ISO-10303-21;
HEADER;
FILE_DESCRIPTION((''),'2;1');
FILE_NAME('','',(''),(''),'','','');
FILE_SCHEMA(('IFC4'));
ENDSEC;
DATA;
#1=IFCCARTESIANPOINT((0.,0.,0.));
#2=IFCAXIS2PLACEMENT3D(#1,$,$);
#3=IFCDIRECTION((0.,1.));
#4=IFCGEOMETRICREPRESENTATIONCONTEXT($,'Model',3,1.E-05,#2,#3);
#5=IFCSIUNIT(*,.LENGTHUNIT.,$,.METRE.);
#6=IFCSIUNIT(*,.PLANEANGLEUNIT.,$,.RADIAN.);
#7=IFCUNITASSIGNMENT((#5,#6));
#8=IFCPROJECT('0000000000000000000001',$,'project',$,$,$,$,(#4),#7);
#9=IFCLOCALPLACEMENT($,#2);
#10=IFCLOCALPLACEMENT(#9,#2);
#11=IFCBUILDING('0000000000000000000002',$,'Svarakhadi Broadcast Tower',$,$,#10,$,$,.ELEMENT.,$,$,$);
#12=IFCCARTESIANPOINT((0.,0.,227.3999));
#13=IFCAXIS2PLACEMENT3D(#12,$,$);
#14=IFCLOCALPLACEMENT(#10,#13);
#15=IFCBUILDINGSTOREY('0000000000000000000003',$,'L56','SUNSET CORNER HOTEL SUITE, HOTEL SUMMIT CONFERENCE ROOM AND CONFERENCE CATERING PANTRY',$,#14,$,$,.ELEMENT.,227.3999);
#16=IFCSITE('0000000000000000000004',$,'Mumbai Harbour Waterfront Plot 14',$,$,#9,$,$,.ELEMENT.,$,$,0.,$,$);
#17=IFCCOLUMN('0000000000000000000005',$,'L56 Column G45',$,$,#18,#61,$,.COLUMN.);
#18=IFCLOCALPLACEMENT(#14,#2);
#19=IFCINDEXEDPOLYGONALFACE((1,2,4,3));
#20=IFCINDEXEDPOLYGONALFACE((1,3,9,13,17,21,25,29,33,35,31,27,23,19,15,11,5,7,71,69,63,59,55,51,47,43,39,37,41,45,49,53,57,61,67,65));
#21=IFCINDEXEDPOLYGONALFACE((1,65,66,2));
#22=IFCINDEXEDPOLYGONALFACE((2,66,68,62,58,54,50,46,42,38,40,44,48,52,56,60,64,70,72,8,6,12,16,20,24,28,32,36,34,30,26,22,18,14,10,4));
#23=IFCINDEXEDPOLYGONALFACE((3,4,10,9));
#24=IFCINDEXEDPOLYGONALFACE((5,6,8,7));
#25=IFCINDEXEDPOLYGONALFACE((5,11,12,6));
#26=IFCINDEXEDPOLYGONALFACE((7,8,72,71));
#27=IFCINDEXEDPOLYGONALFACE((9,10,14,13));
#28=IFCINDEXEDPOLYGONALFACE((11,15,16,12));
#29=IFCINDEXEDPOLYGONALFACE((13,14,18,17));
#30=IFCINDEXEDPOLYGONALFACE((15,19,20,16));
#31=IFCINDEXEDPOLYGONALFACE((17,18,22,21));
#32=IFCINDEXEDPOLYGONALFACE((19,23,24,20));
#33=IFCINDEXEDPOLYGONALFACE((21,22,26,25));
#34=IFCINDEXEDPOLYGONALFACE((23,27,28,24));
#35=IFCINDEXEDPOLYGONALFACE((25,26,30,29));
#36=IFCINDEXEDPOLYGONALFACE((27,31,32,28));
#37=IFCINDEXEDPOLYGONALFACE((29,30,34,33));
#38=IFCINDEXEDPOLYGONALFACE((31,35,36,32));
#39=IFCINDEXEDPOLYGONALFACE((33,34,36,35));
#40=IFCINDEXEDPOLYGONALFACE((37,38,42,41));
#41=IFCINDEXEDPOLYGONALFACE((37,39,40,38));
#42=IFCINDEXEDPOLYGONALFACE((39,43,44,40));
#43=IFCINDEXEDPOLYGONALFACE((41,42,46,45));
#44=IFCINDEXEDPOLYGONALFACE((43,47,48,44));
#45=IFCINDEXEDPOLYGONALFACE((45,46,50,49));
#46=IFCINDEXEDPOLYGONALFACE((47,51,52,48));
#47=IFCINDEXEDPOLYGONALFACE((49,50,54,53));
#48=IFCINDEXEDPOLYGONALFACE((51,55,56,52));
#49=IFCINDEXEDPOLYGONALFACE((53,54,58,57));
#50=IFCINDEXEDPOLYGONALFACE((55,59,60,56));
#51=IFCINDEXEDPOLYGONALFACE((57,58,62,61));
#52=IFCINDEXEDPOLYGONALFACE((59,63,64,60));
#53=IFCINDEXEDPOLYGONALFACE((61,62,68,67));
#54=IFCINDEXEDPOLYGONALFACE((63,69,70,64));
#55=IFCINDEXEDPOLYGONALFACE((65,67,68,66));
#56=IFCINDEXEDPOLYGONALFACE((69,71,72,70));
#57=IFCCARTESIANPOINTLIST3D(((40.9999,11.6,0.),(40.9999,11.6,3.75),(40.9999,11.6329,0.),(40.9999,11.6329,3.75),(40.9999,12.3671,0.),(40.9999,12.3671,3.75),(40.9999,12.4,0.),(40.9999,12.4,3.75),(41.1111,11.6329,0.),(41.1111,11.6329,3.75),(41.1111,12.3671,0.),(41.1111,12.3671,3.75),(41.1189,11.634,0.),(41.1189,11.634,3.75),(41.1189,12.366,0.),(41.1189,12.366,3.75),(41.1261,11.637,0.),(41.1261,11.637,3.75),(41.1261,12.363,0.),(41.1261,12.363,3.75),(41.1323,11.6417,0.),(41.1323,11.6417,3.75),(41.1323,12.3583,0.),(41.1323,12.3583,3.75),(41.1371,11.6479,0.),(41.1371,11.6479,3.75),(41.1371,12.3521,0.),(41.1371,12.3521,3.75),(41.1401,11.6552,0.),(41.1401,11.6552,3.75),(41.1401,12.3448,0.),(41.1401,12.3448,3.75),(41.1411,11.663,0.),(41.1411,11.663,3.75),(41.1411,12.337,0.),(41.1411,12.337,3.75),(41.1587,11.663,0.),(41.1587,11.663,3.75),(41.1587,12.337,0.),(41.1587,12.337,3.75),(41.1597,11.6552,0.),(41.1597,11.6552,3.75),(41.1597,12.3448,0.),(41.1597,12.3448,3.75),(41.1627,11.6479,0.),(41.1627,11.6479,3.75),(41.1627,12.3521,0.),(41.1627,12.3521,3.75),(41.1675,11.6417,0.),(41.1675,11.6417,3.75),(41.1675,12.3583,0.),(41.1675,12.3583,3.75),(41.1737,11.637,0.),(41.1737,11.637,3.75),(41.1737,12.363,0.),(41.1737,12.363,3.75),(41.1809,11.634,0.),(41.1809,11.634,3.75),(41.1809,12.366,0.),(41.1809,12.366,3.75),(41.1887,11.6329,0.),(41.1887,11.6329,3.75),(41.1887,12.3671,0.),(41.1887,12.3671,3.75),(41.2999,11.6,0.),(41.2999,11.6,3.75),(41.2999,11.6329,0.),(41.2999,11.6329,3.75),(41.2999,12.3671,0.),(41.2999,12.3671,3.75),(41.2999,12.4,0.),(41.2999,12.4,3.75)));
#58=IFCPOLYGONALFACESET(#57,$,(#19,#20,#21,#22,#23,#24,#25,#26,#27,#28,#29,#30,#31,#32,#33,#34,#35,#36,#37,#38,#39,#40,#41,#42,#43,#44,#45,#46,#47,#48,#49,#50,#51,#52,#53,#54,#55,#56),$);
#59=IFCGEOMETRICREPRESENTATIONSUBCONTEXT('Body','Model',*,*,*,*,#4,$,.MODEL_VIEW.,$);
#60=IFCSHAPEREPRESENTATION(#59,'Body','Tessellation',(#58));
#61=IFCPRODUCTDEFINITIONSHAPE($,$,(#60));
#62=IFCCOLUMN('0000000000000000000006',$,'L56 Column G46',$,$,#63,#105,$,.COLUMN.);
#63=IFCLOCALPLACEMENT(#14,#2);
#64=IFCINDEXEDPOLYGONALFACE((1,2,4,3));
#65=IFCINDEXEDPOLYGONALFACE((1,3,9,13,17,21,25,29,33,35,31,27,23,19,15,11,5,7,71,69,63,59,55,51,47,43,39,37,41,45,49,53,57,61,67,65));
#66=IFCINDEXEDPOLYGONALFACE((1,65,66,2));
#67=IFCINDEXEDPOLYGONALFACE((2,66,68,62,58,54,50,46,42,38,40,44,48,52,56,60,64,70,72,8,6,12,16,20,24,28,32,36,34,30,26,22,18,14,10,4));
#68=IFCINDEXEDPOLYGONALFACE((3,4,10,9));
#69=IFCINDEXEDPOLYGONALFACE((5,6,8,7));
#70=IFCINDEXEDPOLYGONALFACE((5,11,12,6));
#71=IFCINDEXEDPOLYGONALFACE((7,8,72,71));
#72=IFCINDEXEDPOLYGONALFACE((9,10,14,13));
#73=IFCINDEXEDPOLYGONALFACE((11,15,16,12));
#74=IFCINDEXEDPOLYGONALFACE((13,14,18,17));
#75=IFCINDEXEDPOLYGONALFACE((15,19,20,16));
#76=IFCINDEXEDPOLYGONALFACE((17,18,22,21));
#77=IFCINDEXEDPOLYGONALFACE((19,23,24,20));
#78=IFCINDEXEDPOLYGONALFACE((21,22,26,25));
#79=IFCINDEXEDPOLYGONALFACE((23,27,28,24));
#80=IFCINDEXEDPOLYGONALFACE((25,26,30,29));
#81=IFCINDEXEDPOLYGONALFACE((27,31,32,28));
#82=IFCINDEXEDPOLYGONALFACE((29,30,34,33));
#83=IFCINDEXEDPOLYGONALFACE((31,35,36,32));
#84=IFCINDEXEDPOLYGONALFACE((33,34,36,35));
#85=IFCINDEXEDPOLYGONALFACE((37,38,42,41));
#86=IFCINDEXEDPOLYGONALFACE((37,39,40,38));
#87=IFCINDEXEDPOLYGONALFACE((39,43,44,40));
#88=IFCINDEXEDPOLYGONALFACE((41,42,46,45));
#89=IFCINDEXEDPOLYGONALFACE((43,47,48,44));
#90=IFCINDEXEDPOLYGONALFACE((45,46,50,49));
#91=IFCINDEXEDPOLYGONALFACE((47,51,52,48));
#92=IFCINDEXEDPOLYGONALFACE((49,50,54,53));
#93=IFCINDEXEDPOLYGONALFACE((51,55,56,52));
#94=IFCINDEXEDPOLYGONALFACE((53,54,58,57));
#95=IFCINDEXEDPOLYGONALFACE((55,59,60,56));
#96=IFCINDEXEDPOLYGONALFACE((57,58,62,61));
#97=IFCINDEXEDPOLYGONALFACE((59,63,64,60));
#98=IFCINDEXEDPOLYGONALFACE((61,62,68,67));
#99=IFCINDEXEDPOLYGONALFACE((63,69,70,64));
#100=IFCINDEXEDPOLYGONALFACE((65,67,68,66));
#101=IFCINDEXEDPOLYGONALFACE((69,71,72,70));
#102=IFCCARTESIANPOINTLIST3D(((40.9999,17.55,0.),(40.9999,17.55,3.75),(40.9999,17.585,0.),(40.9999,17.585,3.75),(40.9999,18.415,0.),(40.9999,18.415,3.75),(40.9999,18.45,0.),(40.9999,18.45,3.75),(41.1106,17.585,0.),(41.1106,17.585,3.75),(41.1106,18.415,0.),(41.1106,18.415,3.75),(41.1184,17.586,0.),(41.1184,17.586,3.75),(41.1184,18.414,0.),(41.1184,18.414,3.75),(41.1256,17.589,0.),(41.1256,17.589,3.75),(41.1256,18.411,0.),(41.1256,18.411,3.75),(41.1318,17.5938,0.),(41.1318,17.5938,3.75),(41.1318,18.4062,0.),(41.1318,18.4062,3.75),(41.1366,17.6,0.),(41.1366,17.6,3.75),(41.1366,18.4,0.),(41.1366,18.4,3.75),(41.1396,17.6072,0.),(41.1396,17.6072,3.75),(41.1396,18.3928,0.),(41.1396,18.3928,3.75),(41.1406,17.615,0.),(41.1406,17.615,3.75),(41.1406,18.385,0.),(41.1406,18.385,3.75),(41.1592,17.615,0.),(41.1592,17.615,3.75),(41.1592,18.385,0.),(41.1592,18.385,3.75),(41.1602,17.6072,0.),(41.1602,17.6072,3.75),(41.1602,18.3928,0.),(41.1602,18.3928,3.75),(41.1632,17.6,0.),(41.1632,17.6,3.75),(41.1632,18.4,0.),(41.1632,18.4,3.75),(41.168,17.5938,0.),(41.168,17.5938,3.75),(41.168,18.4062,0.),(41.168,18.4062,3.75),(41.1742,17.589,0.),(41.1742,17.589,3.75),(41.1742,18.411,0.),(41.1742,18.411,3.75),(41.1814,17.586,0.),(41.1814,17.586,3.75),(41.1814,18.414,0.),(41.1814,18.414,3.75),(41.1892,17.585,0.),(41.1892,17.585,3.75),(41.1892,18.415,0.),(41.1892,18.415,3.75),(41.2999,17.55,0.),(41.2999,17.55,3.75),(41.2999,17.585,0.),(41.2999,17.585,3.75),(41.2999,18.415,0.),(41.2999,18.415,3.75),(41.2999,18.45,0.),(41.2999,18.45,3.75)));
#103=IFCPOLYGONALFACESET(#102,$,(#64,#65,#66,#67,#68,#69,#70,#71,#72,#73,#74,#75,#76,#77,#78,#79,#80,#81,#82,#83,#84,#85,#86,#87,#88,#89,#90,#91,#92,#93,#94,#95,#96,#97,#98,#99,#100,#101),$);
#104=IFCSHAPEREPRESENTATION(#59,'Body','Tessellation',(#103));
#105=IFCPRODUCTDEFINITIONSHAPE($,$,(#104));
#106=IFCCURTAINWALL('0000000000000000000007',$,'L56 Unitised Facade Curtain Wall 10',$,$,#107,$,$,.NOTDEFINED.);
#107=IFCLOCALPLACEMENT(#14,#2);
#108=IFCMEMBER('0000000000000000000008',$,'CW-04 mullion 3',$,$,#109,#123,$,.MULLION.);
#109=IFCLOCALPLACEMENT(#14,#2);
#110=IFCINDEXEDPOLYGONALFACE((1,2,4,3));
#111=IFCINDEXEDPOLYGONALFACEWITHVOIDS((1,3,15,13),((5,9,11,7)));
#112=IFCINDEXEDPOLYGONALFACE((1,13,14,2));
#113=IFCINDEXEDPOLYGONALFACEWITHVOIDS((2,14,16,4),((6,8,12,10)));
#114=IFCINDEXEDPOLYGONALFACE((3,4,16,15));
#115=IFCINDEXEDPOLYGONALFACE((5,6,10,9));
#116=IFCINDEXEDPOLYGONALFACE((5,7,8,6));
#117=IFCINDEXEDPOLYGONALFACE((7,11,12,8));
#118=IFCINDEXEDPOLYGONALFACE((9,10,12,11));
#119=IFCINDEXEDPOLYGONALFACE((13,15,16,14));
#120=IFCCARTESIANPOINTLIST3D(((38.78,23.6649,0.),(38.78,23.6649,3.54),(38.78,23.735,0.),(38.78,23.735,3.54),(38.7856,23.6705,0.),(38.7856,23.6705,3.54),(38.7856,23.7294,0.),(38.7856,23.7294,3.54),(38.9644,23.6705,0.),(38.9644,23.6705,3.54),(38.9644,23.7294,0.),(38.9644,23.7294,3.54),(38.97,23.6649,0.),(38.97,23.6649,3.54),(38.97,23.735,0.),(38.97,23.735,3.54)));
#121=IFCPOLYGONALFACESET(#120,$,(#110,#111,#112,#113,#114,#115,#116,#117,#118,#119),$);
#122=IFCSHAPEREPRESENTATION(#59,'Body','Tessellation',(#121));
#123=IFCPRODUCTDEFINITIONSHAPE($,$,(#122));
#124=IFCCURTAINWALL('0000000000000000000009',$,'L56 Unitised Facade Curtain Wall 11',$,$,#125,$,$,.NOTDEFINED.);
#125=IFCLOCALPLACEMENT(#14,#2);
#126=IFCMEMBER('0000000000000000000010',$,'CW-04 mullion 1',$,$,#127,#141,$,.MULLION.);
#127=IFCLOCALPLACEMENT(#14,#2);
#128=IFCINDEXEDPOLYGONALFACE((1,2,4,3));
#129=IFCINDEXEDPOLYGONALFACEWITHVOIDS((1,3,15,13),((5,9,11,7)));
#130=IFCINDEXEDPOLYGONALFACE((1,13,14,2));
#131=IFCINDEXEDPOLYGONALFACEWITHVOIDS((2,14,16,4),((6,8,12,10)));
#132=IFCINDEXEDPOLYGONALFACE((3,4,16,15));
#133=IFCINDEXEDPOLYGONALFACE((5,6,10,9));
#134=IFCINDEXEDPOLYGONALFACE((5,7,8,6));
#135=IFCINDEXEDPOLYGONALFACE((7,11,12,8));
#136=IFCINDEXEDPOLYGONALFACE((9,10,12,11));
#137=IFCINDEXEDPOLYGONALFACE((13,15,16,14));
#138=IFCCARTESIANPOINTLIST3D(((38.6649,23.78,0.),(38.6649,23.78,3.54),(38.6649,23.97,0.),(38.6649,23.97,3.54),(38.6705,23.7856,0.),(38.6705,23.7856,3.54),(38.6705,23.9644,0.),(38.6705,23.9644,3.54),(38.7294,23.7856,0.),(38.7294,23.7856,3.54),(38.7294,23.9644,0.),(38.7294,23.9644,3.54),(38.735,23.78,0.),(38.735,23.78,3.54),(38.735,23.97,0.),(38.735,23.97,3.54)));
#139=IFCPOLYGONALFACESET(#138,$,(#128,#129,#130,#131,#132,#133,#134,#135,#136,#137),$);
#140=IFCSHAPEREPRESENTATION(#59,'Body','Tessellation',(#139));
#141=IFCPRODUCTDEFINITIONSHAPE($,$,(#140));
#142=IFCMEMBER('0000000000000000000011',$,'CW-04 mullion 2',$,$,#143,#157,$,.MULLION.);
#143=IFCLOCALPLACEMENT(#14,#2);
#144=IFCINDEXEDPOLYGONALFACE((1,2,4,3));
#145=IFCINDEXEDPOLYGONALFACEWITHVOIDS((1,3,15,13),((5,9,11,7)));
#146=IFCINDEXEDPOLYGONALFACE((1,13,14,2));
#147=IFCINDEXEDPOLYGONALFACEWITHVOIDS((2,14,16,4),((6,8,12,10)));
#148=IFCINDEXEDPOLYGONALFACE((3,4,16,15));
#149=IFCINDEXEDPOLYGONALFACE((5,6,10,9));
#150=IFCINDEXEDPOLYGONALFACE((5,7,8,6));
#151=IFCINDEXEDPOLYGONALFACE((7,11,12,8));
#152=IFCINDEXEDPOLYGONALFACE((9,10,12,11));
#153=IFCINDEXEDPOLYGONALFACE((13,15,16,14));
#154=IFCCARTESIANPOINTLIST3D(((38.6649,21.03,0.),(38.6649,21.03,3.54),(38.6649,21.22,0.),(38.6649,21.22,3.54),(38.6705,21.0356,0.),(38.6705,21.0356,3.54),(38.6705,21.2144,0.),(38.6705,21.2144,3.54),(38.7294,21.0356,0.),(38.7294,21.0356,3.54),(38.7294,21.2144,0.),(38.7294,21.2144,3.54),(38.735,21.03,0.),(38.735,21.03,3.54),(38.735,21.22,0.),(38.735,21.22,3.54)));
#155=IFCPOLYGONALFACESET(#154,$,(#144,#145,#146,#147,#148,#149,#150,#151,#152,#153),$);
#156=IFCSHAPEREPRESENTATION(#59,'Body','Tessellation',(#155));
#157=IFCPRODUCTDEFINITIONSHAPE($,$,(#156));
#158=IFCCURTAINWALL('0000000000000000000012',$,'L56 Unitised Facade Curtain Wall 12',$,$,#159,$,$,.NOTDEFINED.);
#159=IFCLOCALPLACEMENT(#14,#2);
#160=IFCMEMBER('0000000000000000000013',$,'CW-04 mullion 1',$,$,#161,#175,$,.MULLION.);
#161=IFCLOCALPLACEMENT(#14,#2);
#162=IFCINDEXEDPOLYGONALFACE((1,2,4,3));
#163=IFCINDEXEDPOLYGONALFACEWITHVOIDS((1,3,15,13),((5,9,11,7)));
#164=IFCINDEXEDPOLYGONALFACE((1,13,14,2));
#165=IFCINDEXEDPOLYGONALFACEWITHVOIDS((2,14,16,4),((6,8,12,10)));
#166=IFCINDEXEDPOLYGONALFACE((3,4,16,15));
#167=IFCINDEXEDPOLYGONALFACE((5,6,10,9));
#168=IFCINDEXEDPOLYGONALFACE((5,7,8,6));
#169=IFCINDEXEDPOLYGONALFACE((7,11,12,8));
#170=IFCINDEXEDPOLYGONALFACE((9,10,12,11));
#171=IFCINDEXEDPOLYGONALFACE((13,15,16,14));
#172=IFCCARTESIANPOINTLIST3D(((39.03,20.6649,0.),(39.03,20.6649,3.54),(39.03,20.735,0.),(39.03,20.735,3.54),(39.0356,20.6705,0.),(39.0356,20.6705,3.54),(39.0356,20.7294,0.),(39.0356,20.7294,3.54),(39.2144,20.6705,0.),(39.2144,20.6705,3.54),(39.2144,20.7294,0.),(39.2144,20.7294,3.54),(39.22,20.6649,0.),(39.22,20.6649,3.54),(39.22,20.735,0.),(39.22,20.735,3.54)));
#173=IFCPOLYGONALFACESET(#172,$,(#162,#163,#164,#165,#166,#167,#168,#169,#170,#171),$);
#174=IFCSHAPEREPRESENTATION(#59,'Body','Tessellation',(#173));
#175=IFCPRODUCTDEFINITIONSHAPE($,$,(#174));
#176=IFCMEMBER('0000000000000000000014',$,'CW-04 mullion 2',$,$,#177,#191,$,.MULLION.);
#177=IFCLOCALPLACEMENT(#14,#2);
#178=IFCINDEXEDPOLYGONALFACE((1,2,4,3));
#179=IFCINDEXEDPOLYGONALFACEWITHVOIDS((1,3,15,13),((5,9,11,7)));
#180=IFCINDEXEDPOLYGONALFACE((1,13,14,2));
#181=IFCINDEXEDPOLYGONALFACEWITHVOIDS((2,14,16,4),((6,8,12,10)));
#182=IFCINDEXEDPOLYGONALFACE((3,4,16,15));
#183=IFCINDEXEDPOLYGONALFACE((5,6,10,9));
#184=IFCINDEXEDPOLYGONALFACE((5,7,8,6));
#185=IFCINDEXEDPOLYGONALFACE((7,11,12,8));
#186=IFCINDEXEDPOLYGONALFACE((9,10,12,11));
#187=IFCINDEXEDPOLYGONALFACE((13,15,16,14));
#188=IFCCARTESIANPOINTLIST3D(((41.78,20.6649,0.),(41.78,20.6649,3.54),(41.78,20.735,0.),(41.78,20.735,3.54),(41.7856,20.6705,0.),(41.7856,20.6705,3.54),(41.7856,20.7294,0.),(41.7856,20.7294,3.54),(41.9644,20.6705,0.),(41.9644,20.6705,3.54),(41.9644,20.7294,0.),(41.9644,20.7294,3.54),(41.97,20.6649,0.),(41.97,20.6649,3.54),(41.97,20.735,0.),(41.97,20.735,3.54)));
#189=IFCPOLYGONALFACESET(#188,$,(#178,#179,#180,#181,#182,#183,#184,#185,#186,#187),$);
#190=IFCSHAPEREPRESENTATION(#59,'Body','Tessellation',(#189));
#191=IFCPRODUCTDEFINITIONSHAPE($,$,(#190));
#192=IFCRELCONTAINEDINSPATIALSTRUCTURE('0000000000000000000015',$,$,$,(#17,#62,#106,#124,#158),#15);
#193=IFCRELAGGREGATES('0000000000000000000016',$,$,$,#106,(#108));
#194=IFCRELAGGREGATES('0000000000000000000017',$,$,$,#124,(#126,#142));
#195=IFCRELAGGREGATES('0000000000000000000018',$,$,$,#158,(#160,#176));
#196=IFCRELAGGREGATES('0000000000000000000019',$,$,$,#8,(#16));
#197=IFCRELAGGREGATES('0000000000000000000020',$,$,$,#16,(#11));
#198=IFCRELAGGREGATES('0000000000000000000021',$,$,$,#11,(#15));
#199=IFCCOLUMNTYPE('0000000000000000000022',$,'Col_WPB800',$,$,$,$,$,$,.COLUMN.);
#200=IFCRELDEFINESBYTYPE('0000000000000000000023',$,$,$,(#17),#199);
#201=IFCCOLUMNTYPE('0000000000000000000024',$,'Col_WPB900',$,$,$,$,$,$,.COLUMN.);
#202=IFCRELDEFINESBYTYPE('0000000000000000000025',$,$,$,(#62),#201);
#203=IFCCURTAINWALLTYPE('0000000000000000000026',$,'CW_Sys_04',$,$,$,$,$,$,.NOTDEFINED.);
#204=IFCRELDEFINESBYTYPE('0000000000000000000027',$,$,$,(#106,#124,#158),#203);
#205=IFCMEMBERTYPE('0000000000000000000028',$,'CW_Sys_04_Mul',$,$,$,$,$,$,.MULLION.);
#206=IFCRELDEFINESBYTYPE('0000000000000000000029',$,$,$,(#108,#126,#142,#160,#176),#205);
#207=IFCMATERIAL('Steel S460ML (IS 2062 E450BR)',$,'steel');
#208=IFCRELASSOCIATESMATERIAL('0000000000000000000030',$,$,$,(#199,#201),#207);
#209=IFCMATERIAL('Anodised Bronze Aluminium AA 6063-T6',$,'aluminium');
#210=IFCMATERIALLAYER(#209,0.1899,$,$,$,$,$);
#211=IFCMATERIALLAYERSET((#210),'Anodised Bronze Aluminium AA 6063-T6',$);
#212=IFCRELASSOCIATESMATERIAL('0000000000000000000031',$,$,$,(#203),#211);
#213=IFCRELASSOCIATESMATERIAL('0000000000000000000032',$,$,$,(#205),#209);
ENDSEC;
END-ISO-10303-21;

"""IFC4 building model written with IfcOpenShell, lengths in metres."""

from ifc_helpers import new_model, si_unit, direction, frame, origin, origin_2d, place, context, subcontext, project, spatial, hollow_rectangle, i_section, extrude, material, layer, layer_set, material_profile, profile_set, type_object, element, aggregate, save


model = new_model("IFC4")

# Units and contexts
model_context = context("Model", 3, precision=1e-05, world=origin(), true_north=direction((0.0, 1.0)))
body_context = subcontext(model_context, "Body", "Model", "MODEL_VIEW")
ifc_project = project(units=[si_unit("LENGTHUNIT", "METRE"), si_unit("PLANEANGLEUNIT", "RADIAN")], contexts=[model_context])

# Site, building, storey
site_placement = place(None, origin())
site = spatial("IfcSite", under=ifc_project, at=site_placement, Name="Mumbai Harbour Waterfront Plot 14", CompositionType="ELEMENT", RefElevation=0.0)
building_placement = place(site_placement, origin())
building = spatial("IfcBuilding", under=site, at=building_placement, Name="Svarakhadi Broadcast Tower", CompositionType="ELEMENT")
storey_placement = place(building_placement, frame((0.0, 0.0, 227.3999)))
storey = spatial("IfcBuildingStorey", under=building, at=storey_placement, Name="L56", Description="SUNSET CORNER HOTEL SUITE, HOTEL SUMMIT CONFERENCE ROOM AND CONFERENCE CATERING PANTRY", CompositionType="ELEMENT", Elevation=227.3999)

# Columns
ifc_material_1 = material(Name="Steel S460ML (IS 2062 E450BR)", Category="steel")
ifc_material_profile_1 = material_profile(ifc_material_1, i_section(OverallWidth=0.3, OverallDepth=0.8, WebThickness=0.0176, FlangeThickness=0.033, FilletRadius=0.03, at=origin_2d()), Name="WPB 800x300x262")
ifc_profile_set_1 = profile_set([ifc_material_profile_1], Name="Steel S460ML (IS 2062 E450BR)")
column_type_1 = type_object("IfcColumnType", Name="Col_WPB800", PredefinedType="COLUMN", material=ifc_profile_set_1)
column_1_placement = place(storey_placement, frame((41.1499, 12.0, 0.0), z_axis=(0.0, 0.0, 1.0), x_axis=(1.0, 0.0, 0.0)))
element("IfcColumn", 1, at=column_1_placement, inside=storey, type_object=column_type_1, Name="L56 Column G45", PredefinedType="COLUMN", context=body_context, shape_type="SweptSolid", body=[
    extrude(i_section(OverallWidth=0.3, OverallDepth=0.8, WebThickness=0.0176, FlangeThickness=0.033, FilletRadius=0.03, at=origin_2d()), origin(), (0.0, 0.0, 1.0), 3.75),
])
ifc_material_profile_2 = material_profile(ifc_material_1, i_section(OverallWidth=0.3, OverallDepth=0.8999, WebThickness=0.0186, FlangeThickness=0.0349, FilletRadius=0.03, at=origin_2d()), Name="WPB 900x300x291")
ifc_profile_set_2 = profile_set([ifc_material_profile_2], Name="Steel S460ML (IS 2062 E450BR)")
column_type_2 = type_object("IfcColumnType", Name="Col_WPB900", PredefinedType="COLUMN", material=ifc_profile_set_2)
column_2_placement = place(storey_placement, frame((41.1499, 18.0, 0.0), z_axis=(0.0, 0.0, 1.0), x_axis=(1.0, 0.0, 0.0)))
element("IfcColumn", 2, at=column_2_placement, inside=storey, type_object=column_type_2, Name="L56 Column G46", PredefinedType="COLUMN", context=body_context, shape_type="SweptSolid", body=[
    extrude(i_section(OverallWidth=0.3, OverallDepth=0.8999, WebThickness=0.0186, FlangeThickness=0.0349, FilletRadius=0.03, at=origin_2d()), origin(), (0.0, 0.0, 1.0), 3.75),
])

# Curtain wall, member
ifc_material_2 = material(Name="Anodised Bronze Aluminium AA 6063-T6", Category="aluminium")
ifc_layer_1 = layer(ifc_material_2, 0.1899)
ifc_layer_set_1 = layer_set([ifc_layer_1], Name="Anodised Bronze Aluminium AA 6063-T6")
curtain_wall_type = type_object("IfcCurtainWallType", Name="CW_Sys_04", PredefinedType="NOTDEFINED", material=ifc_layer_set_1)
curtain_wall_1_placement = place(storey_placement, origin())
curtain_wall_1 = element("IfcCurtainWall", 3, at=curtain_wall_1_placement, inside=storey, type_object=curtain_wall_type, Name="L56 Unitised Facade Curtain Wall 10", PredefinedType="NOTDEFINED")
ifc_material_profile_3 = material_profile(ifc_material_2, hollow_rectangle(XDim=0.0701, YDim=0.1899, WallThickness=0.0056, at=origin_2d()), Name="ALU MULLION 190x70x6")
ifc_profile_set_3 = profile_set([ifc_material_profile_3], Name="Anodised Bronze Aluminium AA 6063-T6")
member_type_1 = type_object("IfcMemberType", Name="CW_Sys_04_Mul", PredefinedType="MULLION", material=ifc_profile_set_3)
member_1_placement = place(storey_placement, frame((38.875, 23.7, 0.0), z_axis=(0.0, 0.0, 1.0), x_axis=(0.0, 1.0, 0.0)))
member_1 = element("IfcMember", 4, at=member_1_placement, type_object=member_type_1, Name="CW-04 mullion 3", PredefinedType="MULLION", context=body_context, shape_type="SweptSolid", body=[
    extrude(hollow_rectangle(XDim=0.0701, YDim=0.1899, WallThickness=0.0056, at=origin_2d()), origin(), (0.0, 0.0, 1.0), 3.54),
])
aggregate(curtain_wall_1, [member_1])

# Curtain walls, members
curtain_wall_2_placement = place(storey_placement, origin())
curtain_wall_2 = element("IfcCurtainWall", 5, at=curtain_wall_2_placement, inside=storey, type_object=curtain_wall_type, Name="L56 Unitised Facade Curtain Wall 11", PredefinedType="NOTDEFINED")
member_2_placement = place(storey_placement, frame((38.7, 23.875, 0.0), z_axis=(0.0, 0.0, 1.0), x_axis=(1.0, 0.0, 0.0)))
member_2 = element("IfcMember", 6, at=member_2_placement, type_object=member_type_1, Name="CW-04 mullion 1", PredefinedType="MULLION", context=body_context, shape_type="SweptSolid", body=[
    extrude(hollow_rectangle(XDim=0.0701, YDim=0.1899, WallThickness=0.0056, at=origin_2d()), origin(), (0.0, 0.0, 1.0), 3.54),
])
member_3_placement = place(storey_placement, frame((38.7, 21.125, 0.0), z_axis=(0.0, 0.0, 1.0), x_axis=(1.0, 0.0, 0.0)))
member_3 = element("IfcMember", 7, at=member_3_placement, type_object=member_type_1, Name="CW-04 mullion 2", PredefinedType="MULLION", context=body_context, shape_type="SweptSolid", body=[
    extrude(hollow_rectangle(XDim=0.0701, YDim=0.1899, WallThickness=0.0056, at=origin_2d()), origin(), (0.0, 0.0, 1.0), 3.54),
])
curtain_wall_3_placement = place(storey_placement, origin())
curtain_wall_3 = element("IfcCurtainWall", 8, at=curtain_wall_3_placement, inside=storey, type_object=curtain_wall_type, Name="L56 Unitised Facade Curtain Wall 12", PredefinedType="NOTDEFINED")
member_4_placement = place(storey_placement, frame((39.125, 20.7, 0.0), z_axis=(0.0, 0.0, 1.0), x_axis=(0.0, 1.0, 0.0)))
member_4 = element("IfcMember", 9, at=member_4_placement, type_object=member_type_1, Name="CW-04 mullion 1", PredefinedType="MULLION", context=body_context, shape_type="SweptSolid", body=[
    extrude(hollow_rectangle(XDim=0.0701, YDim=0.1899, WallThickness=0.0056, at=origin_2d()), origin(), (0.0, 0.0, 1.0), 3.54),
])
member_5_placement = place(storey_placement, frame((41.875, 20.7, 0.0), z_axis=(0.0, 0.0, 1.0), x_axis=(0.0, 1.0, 0.0)))
member_5 = element("IfcMember", 10, at=member_5_placement, type_object=member_type_1, Name="CW-04 mullion 2", PredefinedType="MULLION", context=body_context, shape_type="SweptSolid", body=[
    extrude(hollow_rectangle(XDim=0.0701, YDim=0.1899, WallThickness=0.0056, at=origin_2d()), origin(), (0.0, 0.0, 1.0), 3.54),
])

aggregate(curtain_wall_2, [member_2, member_3])
aggregate(curtain_wall_3, [member_4, member_5])

save(model, "model.ifc")
